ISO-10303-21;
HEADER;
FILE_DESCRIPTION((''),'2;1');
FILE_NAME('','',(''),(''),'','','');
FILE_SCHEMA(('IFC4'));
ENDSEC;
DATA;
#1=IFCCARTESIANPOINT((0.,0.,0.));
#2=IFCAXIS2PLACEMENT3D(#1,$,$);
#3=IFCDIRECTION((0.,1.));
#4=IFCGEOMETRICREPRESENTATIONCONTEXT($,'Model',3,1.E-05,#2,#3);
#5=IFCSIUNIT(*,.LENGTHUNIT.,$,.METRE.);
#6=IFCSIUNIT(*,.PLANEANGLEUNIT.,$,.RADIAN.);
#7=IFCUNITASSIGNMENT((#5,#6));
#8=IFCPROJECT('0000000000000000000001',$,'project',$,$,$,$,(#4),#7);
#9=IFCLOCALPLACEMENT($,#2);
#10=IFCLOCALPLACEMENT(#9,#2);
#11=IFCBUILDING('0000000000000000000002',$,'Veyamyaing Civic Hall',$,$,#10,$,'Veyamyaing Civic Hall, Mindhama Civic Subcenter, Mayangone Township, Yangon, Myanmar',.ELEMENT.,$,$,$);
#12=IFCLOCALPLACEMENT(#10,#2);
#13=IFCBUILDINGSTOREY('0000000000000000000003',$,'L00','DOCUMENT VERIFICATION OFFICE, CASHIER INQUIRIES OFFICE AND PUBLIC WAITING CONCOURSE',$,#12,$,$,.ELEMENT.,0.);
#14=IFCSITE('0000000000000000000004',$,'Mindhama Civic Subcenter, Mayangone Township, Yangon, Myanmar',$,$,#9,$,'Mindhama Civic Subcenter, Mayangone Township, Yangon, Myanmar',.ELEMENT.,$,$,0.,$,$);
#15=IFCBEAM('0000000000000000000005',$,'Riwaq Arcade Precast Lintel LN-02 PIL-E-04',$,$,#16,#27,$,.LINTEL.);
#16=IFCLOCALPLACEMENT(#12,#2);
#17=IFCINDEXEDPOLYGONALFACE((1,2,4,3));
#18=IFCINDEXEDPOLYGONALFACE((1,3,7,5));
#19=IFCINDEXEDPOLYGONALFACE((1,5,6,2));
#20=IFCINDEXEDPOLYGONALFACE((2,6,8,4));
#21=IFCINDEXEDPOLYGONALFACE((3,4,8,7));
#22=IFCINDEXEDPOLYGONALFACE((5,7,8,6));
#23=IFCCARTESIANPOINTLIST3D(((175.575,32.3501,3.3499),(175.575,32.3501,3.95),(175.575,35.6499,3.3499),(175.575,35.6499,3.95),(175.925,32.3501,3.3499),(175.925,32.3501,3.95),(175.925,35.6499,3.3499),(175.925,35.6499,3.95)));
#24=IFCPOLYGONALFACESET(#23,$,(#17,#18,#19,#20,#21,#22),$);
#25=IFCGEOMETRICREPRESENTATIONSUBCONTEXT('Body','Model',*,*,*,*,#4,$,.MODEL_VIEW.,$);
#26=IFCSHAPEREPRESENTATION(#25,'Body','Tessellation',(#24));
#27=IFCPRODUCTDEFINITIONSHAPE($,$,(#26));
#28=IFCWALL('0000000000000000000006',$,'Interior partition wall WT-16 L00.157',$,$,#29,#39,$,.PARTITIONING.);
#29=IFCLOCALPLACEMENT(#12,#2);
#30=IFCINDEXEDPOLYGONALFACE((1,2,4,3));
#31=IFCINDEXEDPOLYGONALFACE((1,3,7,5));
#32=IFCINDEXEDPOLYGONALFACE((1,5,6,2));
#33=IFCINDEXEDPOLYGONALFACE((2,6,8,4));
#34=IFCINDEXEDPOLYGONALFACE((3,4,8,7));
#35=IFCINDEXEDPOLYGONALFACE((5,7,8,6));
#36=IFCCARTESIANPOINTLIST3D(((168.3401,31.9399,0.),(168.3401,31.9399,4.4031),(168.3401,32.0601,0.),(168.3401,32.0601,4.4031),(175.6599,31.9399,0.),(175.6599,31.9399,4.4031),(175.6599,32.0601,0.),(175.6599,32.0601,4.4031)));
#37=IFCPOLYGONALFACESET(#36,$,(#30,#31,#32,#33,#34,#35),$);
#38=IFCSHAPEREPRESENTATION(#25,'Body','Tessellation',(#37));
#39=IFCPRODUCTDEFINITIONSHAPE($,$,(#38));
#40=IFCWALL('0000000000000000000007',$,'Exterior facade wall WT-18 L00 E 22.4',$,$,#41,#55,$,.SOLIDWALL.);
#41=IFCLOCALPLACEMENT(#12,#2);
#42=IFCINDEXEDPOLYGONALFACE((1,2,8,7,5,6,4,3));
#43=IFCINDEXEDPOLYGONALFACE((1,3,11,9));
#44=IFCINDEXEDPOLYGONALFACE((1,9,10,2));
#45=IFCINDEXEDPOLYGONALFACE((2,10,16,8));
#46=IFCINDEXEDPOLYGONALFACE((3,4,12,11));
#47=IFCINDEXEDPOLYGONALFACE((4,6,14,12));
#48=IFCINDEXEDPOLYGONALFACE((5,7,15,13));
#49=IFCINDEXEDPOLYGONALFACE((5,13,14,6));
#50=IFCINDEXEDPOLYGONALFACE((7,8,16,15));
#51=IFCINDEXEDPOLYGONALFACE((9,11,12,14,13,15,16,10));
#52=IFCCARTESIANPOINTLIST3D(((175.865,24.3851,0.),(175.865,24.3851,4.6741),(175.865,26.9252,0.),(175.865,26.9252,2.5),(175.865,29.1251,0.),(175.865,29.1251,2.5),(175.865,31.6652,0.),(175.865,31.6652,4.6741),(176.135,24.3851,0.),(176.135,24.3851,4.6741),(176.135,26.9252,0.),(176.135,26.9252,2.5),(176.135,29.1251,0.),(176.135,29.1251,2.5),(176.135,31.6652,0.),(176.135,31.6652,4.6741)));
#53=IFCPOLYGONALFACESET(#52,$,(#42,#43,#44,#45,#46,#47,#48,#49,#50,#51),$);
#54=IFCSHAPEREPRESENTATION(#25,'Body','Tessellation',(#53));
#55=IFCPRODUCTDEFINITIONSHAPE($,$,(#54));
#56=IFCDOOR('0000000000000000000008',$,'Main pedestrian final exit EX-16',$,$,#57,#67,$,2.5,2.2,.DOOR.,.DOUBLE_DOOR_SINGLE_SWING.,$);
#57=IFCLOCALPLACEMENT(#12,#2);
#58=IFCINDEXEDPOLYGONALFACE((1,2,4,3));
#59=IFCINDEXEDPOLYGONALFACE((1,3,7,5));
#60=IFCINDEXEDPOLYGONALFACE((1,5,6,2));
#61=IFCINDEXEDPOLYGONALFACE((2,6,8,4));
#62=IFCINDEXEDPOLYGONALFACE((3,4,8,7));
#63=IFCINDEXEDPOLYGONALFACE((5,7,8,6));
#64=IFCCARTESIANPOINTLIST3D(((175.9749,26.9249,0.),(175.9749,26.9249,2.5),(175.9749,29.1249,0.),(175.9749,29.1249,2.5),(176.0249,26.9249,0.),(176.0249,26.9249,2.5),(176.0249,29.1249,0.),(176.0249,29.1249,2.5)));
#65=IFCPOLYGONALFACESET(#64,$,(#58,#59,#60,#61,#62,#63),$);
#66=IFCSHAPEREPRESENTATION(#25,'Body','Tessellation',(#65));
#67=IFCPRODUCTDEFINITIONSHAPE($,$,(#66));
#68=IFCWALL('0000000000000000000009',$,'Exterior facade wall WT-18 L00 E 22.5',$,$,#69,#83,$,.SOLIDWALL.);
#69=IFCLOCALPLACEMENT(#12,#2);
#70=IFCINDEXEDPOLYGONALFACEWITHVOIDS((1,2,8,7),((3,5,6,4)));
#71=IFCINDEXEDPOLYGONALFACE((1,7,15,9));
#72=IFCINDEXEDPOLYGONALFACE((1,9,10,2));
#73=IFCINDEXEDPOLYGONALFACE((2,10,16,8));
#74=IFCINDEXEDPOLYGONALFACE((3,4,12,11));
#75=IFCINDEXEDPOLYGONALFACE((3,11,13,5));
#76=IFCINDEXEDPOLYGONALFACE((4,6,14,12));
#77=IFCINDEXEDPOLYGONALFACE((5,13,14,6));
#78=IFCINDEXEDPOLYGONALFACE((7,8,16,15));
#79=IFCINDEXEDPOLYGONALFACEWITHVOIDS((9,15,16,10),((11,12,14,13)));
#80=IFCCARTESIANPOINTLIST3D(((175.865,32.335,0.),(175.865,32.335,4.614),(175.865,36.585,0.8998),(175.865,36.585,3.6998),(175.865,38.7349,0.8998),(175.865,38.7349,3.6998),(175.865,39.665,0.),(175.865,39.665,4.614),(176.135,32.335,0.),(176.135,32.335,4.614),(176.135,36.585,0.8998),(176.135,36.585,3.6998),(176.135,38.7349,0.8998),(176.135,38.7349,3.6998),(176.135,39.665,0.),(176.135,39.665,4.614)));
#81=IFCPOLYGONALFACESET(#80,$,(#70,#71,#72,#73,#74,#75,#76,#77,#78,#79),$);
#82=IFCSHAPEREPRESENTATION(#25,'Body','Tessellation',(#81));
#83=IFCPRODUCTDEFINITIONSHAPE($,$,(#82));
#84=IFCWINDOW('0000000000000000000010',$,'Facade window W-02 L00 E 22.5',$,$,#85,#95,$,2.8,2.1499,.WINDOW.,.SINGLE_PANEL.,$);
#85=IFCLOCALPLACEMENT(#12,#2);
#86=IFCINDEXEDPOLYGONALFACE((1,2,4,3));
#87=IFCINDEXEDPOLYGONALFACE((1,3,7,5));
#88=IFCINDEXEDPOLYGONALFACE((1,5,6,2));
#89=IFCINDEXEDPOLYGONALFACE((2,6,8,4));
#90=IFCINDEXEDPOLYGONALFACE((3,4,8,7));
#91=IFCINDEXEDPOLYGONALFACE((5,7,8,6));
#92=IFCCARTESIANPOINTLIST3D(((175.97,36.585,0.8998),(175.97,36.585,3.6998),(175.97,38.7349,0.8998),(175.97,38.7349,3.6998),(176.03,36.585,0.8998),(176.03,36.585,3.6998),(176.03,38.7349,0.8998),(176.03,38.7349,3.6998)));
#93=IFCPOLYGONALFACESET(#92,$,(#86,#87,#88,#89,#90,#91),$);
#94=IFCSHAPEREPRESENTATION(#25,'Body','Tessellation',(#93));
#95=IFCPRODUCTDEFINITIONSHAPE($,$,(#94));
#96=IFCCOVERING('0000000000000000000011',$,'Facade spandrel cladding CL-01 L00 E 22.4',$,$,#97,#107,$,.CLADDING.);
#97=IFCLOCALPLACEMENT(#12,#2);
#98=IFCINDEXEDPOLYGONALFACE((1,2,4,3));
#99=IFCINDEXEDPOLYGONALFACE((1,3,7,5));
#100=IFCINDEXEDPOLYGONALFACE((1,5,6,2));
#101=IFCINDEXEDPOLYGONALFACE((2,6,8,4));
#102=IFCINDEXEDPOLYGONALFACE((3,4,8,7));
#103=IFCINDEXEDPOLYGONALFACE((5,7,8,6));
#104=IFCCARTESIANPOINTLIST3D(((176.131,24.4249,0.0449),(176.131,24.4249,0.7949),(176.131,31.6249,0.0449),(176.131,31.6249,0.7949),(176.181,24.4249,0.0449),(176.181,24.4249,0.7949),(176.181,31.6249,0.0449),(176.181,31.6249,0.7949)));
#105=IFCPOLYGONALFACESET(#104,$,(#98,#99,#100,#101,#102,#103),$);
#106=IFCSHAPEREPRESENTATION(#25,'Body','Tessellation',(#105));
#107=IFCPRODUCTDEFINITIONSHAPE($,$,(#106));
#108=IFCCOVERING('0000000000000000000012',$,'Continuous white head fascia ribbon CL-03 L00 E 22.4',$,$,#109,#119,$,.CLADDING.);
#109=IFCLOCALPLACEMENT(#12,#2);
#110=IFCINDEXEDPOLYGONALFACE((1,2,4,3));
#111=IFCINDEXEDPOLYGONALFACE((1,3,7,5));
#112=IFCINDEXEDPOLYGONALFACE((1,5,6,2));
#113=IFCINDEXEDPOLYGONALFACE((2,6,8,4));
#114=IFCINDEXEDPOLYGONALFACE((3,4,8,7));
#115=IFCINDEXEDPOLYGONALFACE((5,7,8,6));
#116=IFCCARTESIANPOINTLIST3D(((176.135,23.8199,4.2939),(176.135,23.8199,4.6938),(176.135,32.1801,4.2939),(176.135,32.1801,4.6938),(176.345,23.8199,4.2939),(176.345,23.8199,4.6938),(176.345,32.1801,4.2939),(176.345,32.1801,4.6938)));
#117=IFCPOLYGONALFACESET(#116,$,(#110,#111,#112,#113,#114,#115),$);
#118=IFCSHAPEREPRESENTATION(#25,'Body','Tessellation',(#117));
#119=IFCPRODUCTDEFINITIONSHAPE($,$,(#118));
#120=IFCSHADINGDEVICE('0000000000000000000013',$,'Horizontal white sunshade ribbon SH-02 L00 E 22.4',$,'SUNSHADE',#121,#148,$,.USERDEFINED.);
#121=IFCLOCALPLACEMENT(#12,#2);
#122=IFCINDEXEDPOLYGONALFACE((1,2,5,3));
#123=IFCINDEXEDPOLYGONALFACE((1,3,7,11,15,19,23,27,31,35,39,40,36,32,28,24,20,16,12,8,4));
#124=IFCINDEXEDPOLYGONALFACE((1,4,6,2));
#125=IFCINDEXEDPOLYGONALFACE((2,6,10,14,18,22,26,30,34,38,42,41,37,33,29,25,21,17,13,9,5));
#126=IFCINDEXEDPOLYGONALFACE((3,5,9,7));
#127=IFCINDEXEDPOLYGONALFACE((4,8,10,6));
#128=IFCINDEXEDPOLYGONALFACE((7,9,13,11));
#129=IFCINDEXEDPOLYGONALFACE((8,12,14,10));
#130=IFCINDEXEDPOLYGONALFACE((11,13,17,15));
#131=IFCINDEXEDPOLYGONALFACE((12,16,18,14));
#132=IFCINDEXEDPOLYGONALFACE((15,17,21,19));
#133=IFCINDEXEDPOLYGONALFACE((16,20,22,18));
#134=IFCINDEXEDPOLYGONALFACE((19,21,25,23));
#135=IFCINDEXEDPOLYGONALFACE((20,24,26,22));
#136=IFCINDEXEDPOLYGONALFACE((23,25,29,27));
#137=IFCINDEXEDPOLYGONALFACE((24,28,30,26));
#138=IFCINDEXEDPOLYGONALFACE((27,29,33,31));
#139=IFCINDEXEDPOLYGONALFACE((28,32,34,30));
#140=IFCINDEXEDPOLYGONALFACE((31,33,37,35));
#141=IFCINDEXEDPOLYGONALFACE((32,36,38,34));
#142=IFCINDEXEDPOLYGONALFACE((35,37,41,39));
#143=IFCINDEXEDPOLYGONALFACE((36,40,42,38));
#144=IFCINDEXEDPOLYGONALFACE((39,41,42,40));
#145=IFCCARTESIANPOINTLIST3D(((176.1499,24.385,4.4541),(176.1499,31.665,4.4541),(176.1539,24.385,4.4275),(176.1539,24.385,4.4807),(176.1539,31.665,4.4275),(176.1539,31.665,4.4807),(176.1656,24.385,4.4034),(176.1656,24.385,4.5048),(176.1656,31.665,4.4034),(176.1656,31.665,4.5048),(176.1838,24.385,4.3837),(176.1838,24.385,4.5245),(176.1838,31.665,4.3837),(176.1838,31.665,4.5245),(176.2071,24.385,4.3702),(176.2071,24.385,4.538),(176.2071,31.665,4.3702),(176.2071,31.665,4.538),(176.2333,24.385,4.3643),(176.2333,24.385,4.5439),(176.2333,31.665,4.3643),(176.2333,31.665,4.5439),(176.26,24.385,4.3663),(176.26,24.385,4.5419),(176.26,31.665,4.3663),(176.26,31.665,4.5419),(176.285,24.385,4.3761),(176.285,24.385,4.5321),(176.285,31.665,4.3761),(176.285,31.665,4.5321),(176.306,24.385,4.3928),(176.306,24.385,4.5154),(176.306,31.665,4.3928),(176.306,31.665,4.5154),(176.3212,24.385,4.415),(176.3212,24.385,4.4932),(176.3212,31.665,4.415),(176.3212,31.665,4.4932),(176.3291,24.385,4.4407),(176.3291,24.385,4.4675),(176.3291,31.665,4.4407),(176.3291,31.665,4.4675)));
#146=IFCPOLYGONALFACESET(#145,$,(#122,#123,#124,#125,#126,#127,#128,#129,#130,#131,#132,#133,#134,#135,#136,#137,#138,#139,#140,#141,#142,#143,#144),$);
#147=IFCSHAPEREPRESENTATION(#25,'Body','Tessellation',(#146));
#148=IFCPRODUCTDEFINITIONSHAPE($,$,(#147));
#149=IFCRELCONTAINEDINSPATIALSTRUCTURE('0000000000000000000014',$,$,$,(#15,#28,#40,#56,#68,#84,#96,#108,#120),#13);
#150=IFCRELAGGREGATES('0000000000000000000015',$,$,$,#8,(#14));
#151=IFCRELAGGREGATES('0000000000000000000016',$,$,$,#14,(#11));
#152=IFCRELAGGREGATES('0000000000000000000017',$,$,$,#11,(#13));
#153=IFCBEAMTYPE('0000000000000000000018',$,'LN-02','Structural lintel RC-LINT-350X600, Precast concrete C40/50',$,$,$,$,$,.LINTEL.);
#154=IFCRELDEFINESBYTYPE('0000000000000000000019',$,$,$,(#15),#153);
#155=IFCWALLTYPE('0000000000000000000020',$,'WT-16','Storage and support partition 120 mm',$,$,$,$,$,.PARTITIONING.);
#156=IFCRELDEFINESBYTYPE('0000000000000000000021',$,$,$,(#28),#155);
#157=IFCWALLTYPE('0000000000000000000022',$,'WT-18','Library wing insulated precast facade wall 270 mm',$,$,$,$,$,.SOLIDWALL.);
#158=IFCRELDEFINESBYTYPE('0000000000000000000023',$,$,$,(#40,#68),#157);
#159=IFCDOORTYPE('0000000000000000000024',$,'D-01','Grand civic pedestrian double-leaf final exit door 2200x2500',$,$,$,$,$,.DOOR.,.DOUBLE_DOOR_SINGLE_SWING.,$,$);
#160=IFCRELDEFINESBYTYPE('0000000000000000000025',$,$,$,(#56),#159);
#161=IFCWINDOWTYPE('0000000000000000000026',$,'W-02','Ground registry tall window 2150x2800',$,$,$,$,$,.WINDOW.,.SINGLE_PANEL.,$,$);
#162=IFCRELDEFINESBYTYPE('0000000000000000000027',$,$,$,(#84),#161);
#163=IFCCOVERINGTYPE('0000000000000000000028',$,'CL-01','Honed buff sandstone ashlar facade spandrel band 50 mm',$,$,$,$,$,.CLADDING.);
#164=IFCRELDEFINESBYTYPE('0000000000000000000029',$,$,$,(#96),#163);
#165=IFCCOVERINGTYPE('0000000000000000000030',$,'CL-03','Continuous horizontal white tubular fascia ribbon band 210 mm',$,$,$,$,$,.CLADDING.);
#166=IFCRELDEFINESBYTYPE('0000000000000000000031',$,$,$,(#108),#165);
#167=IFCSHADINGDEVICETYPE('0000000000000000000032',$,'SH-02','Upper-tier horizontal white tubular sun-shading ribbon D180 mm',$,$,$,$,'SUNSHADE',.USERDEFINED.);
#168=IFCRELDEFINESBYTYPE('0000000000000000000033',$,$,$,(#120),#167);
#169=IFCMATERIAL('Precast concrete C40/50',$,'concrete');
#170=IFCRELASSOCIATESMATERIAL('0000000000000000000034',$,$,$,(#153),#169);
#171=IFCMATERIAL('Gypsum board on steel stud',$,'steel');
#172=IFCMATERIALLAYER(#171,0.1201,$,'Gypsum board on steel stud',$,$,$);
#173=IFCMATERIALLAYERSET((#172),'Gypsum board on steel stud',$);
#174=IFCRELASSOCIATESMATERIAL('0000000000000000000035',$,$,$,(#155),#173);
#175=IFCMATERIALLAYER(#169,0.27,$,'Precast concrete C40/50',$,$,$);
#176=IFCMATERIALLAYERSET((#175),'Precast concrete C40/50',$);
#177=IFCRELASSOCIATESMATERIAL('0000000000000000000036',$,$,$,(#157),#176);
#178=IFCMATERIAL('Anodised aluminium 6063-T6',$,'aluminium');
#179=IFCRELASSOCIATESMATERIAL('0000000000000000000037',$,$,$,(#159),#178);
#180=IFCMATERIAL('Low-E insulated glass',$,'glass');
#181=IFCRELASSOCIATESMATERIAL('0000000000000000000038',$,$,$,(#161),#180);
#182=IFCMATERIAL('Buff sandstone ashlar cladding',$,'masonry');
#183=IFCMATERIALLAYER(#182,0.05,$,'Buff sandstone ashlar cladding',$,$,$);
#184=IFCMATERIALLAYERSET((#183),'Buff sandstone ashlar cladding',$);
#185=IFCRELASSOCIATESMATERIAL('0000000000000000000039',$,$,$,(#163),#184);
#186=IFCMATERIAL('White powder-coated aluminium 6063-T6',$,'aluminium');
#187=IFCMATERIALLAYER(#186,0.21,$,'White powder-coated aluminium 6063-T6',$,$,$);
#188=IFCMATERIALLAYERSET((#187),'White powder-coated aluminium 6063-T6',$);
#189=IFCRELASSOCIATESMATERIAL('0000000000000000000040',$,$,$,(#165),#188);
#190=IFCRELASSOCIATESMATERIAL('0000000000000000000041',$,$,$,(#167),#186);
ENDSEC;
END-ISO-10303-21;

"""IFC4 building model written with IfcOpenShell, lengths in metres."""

from ifc_helpers import new_model, si_unit, direction, frame, frame_2d, origin, origin_2d, place, context, subcontext, project, spatial, rectangle, circle, extrude, material, layer, layer_set, material_profile, profile_set, type_object, element, fill, save


model = new_model("IFC4")

# Units and contexts
model_context = context("Model", 3, precision=1e-05, world=origin(), true_north=direction((0.0, 1.0)))
body_context = subcontext(model_context, "Body", "Model", "MODEL_VIEW")
ifc_project = project(units=[si_unit("LENGTHUNIT", "METRE"), si_unit("PLANEANGLEUNIT", "RADIAN")], contexts=[model_context])

# Site, building, storey
site_placement = place(None, origin())
site = spatial("IfcSite", under=ifc_project, at=site_placement, Name="Mindhama Civic Subcenter, Mayangone Township, Yangon, Myanmar", LongName="Mindhama Civic Subcenter, Mayangone Township, Yangon, Myanmar", CompositionType="ELEMENT", RefElevation=0.0)
building_placement = place(site_placement, origin())
building = spatial("IfcBuilding", under=site, at=building_placement, Name="Veyamyaing Civic Hall", LongName="Veyamyaing Civic Hall, Mindhama Civic Subcenter, Mayangone Township, Yangon, Myanmar", CompositionType="ELEMENT")
storey_placement = place(building_placement, origin())
storey = spatial("IfcBuildingStorey", under=building, at=storey_placement, Name="L00", Description="DOCUMENT VERIFICATION OFFICE, CASHIER INQUIRIES OFFICE AND PUBLIC WAITING CONCOURSE", CompositionType="ELEMENT", Elevation=0.0)

# Beam
ifc_material_1 = material(Name="Precast concrete C40/50", Category="concrete")
ifc_material_profile_1 = material_profile(ifc_material_1, rectangle(XDim=0.3501, YDim=0.6001, at=origin_2d()), Name="RC-LINT-350X600")
ifc_profile_set_1 = profile_set([ifc_material_profile_1], Name="Precast concrete C40/50")
beam_type_1 = type_object("IfcBeamType", Name="LN-02", Description="Structural lintel RC-LINT-350X600, Precast concrete C40/50", PredefinedType="LINTEL", material=ifc_profile_set_1)
beam_1_placement = place(storey_placement, frame((175.75, 32.3501, 3.6499), z_axis=(0.0, 1.0, 0.0), x_axis=(-1.0, 0.0, 0.0)))
element("IfcBeam", 1, at=beam_1_placement, inside=storey, type_object=beam_type_1, Name="Riwaq Arcade Precast Lintel LN-02 PIL-E-04", PredefinedType="LINTEL", context=body_context, shape_type="SweptSolid", body=[
    extrude(rectangle(XDim=0.3501, YDim=0.6001, at=origin_2d()), origin(), (0.0, 0.0, 1.0), 3.2998),
])

# Wall
ifc_material_2 = material(Name="Gypsum board on steel stud", Category="steel")
ifc_layer_1 = layer(ifc_material_2, 0.1201, Name="Gypsum board on steel stud")
ifc_layer_set_1 = layer_set([ifc_layer_1], Name="Gypsum board on steel stud")
wall_type_1 = type_object("IfcWallType", Name="WT-16", Description="Storage and support partition 120 mm", PredefinedType="PARTITIONING", material=ifc_layer_set_1)
wall_1_placement = place(storey_placement, frame((168.3401, 32.0, 0.0), z_axis=(0.0, 0.0, 1.0), x_axis=(1.0, 0.0, 0.0)))
element("IfcWall", 2, at=wall_1_placement, inside=storey, type_object=wall_type_1, Name="Interior partition wall WT-16 L00.157", PredefinedType="PARTITIONING", context=body_context, shape_type="SweptSolid", body=[
    extrude(rectangle(XDim=7.3198, YDim=0.1201, at=frame_2d((3.6599, 0.0))), origin(), (0.0, 0.0, 1.0), 4.4031),
])

# Wall, opening, door
ifc_layer_2 = layer(ifc_material_1, 0.27, Name="Precast concrete C40/50")
ifc_layer_set_2 = layer_set([ifc_layer_2], Name="Precast concrete C40/50")
wall_type_2 = type_object("IfcWallType", Name="WT-18", Description="Library wing insulated precast facade wall 270 mm", PredefinedType="SOLIDWALL", material=ifc_layer_set_2)
wall_2_placement = place(storey_placement, frame((176.0, 24.385, 0.0), z_axis=(0.0, 0.0, 1.0), x_axis=(0.0, 1.0, 0.0)))
wall_2 = element("IfcWall", 3, at=wall_2_placement, inside=storey, type_object=wall_type_2, Name="Exterior facade wall WT-18 L00 E 22.4", PredefinedType="SOLIDWALL", context=body_context, shape_type="SweptSolid", body=[
    extrude(rectangle(XDim=7.28, YDim=0.27, at=frame_2d((3.6401, 0.0))), origin(), (0.0, 0.0, 1.0), 4.6741),
])
opening_1_placement = place(wall_2_placement, frame((2.54, 0.0, 0.0)))
opening_1 = element("IfcOpeningElement", 4, at=opening_1_placement, cuts=wall_2, PredefinedType="OPENING", context=body_context, shape_type="SweptSolid", body=[
    extrude(rectangle(XDim=2.2, YDim=2.5, at=frame_2d((1.1001, 1.25))), frame((0.0, 0.145, 0.0), z_axis=(0.0, -1.0, 0.0), x_axis=(1.0, 0.0, 0.0)), (0.0, 0.0, 1.0), 0.29),
])
ifc_material_3 = material(Name="Anodised aluminium 6063-T6", Category="aluminium")
door_type = type_object("IfcDoorType", Name="D-01", Description="Grand civic pedestrian double-leaf final exit door 2200x2500", OperationType="DOUBLE_DOOR_SINGLE_SWING", PredefinedType="DOOR", material=ifc_material_3)
door_placement = place(opening_1_placement, frame((2.2, 0.0, 0.0), z_axis=(0.0, 0.0, 1.0), x_axis=(-1.0, 0.0, 0.0)))
door = element("IfcDoor", 5, at=door_placement, inside=storey, type_object=door_type, Name="Main pedestrian final exit EX-16", OperationType="DOUBLE_DOOR_SINGLE_SWING", OverallHeight=2.5, OverallWidth=2.2, PredefinedType="DOOR", context=body_context, shape_type="SweptSolid", body=[
    extrude(rectangle(XDim=2.2, YDim=2.5, at=frame_2d((1.1001, 1.25))), frame((0.0, 0.0249, 0.0), z_axis=(0.0, -1.0, 0.0), x_axis=(1.0, 0.0, 0.0)), (0.0, 0.0, 1.0), 0.05),
])
fill(opening_1, door)

# Wall, opening, window
wall_3_placement = place(storey_placement, frame((176.0, 32.335, 0.0), z_axis=(0.0, 0.0, 1.0), x_axis=(0.0, 1.0, 0.0)))
wall_3 = element("IfcWall", 6, at=wall_3_placement, inside=storey, type_object=wall_type_2, Name="Exterior facade wall WT-18 L00 E 22.5", PredefinedType="SOLIDWALL", context=body_context, shape_type="SweptSolid", body=[
    extrude(rectangle(XDim=7.3301, YDim=0.27, at=frame_2d((3.665, 0.0))), origin(), (0.0, 0.0, 1.0), 4.614),
])
opening_2_placement = place(wall_3_placement, frame((4.25, 0.0, 0.8999)))
opening_2 = element("IfcOpeningElement", 7, at=opening_2_placement, cuts=wall_3, PredefinedType="OPENING", context=body_context, shape_type="SweptSolid", body=[
    extrude(rectangle(XDim=2.1499, YDim=2.8, at=frame_2d((1.075, 1.3999))), frame((0.0, 0.145, 0.0), z_axis=(0.0, -1.0, 0.0), x_axis=(1.0, 0.0, 0.0)), (0.0, 0.0, 1.0), 0.29),
])
ifc_material_4 = material(Name="Low-E insulated glass", Category="glass")
window_type = type_object("IfcWindowType", Name="W-02", Description="Ground registry tall window 2150x2800", PartitioningType="SINGLE_PANEL", PredefinedType="WINDOW", material=ifc_material_4)
window_placement = place(opening_2_placement, origin())
window = element("IfcWindow", 8, at=window_placement, inside=storey, type_object=window_type, Name="Facade window W-02 L00 E 22.5", OverallHeight=2.8, OverallWidth=2.1499, PartitioningType="SINGLE_PANEL", PredefinedType="WINDOW", context=body_context, shape_type="SweptSolid", body=[
    extrude(rectangle(XDim=2.1499, YDim=2.8, at=frame_2d((1.075, 1.3999))), frame((0.0, 0.03, 0.0), z_axis=(0.0, -1.0, 0.0), x_axis=(1.0, 0.0, 0.0)), (0.0, 0.0, 1.0), 0.0601),
])
fill(opening_2, window)

# Coverings
ifc_material_5 = material(Name="Buff sandstone ashlar cladding", Category="masonry")
ifc_layer_3 = layer(ifc_material_5, 0.05, Name="Buff sandstone ashlar cladding")
ifc_layer_set_3 = layer_set([ifc_layer_3], Name="Buff sandstone ashlar cladding")
covering_type_1 = type_object("IfcCoveringType", Name="CL-01", Description="Honed buff sandstone ashlar facade spandrel band 50 mm", PredefinedType="CLADDING", material=ifc_layer_set_3)
covering_1_placement = place(storey_placement, frame((176.156, 28.0249, 0.0449), z_axis=(0.0, 0.0, 1.0), x_axis=(0.0, 1.0, 0.0)))
element("IfcCovering", 9, at=covering_1_placement, inside=storey, type_object=covering_type_1, Name="Facade spandrel cladding CL-01 L00 E 22.4", PredefinedType="CLADDING", context=body_context, shape_type="SweptSolid", body=[
    extrude(rectangle(XDim=7.2, YDim=0.05, at=origin_2d()), origin(), (0.0, 0.0, 1.0), 0.75),
])
ifc_material_6 = material(Name="White powder-coated aluminium 6063-T6", Category="aluminium")
ifc_layer_4 = layer(ifc_material_6, 0.21, Name="White powder-coated aluminium 6063-T6")
ifc_layer_set_4 = layer_set([ifc_layer_4], Name="White powder-coated aluminium 6063-T6")
covering_type_2 = type_object("IfcCoveringType", Name="CL-03", Description="Continuous horizontal white tubular fascia ribbon band 210 mm", PredefinedType="CLADDING", material=ifc_layer_set_4)
covering_2_placement = place(storey_placement, frame((176.24, 28.0, 4.2939), z_axis=(0.0, 0.0, 1.0), x_axis=(0.0, 1.0, 0.0)))
element("IfcCovering", 10, at=covering_2_placement, inside=storey, type_object=covering_type_2, Name="Continuous white head fascia ribbon CL-03 L00 E 22.4", PredefinedType="CLADDING", context=body_context, shape_type="SweptSolid", body=[
    extrude(rectangle(XDim=8.3601, YDim=0.21, at=origin_2d()), origin(), (0.0, 0.0, 1.0), 0.3999),
])

# Shading device
ifc_material_profile_2 = material_profile(ifc_material_6, circle(Radius=0.0901, at=origin_2d()), Name="SHADE-TUBE-180")
ifc_profile_set_2 = profile_set([ifc_material_profile_2], Name="White powder-coated aluminium 6063-T6")
shading_device_type = type_object("IfcShadingDeviceType", Name="SH-02", Description="Upper-tier horizontal white tubular sun-shading ribbon D180 mm", ElementType="SUNSHADE", PredefinedType="USERDEFINED", material=ifc_profile_set_2)
shading_device_1_placement = place(storey_placement, frame((176.24, 24.385, 4.4541), z_axis=(0.0, 1.0, 0.0), x_axis=(-1.0, 0.0, 0.0)))
element("IfcShadingDevice", 11, at=shading_device_1_placement, inside=storey, type_object=shading_device_type, Name="Horizontal white sunshade ribbon SH-02 L00 E 22.4", ObjectType="SUNSHADE", PredefinedType="USERDEFINED", context=body_context, shape_type="SweptSolid", body=[
    extrude(circle(Radius=0.0901, at=origin_2d()), origin(), (0.0, 0.0, 1.0), 7.28),
])

save(model, "model.ifc")
